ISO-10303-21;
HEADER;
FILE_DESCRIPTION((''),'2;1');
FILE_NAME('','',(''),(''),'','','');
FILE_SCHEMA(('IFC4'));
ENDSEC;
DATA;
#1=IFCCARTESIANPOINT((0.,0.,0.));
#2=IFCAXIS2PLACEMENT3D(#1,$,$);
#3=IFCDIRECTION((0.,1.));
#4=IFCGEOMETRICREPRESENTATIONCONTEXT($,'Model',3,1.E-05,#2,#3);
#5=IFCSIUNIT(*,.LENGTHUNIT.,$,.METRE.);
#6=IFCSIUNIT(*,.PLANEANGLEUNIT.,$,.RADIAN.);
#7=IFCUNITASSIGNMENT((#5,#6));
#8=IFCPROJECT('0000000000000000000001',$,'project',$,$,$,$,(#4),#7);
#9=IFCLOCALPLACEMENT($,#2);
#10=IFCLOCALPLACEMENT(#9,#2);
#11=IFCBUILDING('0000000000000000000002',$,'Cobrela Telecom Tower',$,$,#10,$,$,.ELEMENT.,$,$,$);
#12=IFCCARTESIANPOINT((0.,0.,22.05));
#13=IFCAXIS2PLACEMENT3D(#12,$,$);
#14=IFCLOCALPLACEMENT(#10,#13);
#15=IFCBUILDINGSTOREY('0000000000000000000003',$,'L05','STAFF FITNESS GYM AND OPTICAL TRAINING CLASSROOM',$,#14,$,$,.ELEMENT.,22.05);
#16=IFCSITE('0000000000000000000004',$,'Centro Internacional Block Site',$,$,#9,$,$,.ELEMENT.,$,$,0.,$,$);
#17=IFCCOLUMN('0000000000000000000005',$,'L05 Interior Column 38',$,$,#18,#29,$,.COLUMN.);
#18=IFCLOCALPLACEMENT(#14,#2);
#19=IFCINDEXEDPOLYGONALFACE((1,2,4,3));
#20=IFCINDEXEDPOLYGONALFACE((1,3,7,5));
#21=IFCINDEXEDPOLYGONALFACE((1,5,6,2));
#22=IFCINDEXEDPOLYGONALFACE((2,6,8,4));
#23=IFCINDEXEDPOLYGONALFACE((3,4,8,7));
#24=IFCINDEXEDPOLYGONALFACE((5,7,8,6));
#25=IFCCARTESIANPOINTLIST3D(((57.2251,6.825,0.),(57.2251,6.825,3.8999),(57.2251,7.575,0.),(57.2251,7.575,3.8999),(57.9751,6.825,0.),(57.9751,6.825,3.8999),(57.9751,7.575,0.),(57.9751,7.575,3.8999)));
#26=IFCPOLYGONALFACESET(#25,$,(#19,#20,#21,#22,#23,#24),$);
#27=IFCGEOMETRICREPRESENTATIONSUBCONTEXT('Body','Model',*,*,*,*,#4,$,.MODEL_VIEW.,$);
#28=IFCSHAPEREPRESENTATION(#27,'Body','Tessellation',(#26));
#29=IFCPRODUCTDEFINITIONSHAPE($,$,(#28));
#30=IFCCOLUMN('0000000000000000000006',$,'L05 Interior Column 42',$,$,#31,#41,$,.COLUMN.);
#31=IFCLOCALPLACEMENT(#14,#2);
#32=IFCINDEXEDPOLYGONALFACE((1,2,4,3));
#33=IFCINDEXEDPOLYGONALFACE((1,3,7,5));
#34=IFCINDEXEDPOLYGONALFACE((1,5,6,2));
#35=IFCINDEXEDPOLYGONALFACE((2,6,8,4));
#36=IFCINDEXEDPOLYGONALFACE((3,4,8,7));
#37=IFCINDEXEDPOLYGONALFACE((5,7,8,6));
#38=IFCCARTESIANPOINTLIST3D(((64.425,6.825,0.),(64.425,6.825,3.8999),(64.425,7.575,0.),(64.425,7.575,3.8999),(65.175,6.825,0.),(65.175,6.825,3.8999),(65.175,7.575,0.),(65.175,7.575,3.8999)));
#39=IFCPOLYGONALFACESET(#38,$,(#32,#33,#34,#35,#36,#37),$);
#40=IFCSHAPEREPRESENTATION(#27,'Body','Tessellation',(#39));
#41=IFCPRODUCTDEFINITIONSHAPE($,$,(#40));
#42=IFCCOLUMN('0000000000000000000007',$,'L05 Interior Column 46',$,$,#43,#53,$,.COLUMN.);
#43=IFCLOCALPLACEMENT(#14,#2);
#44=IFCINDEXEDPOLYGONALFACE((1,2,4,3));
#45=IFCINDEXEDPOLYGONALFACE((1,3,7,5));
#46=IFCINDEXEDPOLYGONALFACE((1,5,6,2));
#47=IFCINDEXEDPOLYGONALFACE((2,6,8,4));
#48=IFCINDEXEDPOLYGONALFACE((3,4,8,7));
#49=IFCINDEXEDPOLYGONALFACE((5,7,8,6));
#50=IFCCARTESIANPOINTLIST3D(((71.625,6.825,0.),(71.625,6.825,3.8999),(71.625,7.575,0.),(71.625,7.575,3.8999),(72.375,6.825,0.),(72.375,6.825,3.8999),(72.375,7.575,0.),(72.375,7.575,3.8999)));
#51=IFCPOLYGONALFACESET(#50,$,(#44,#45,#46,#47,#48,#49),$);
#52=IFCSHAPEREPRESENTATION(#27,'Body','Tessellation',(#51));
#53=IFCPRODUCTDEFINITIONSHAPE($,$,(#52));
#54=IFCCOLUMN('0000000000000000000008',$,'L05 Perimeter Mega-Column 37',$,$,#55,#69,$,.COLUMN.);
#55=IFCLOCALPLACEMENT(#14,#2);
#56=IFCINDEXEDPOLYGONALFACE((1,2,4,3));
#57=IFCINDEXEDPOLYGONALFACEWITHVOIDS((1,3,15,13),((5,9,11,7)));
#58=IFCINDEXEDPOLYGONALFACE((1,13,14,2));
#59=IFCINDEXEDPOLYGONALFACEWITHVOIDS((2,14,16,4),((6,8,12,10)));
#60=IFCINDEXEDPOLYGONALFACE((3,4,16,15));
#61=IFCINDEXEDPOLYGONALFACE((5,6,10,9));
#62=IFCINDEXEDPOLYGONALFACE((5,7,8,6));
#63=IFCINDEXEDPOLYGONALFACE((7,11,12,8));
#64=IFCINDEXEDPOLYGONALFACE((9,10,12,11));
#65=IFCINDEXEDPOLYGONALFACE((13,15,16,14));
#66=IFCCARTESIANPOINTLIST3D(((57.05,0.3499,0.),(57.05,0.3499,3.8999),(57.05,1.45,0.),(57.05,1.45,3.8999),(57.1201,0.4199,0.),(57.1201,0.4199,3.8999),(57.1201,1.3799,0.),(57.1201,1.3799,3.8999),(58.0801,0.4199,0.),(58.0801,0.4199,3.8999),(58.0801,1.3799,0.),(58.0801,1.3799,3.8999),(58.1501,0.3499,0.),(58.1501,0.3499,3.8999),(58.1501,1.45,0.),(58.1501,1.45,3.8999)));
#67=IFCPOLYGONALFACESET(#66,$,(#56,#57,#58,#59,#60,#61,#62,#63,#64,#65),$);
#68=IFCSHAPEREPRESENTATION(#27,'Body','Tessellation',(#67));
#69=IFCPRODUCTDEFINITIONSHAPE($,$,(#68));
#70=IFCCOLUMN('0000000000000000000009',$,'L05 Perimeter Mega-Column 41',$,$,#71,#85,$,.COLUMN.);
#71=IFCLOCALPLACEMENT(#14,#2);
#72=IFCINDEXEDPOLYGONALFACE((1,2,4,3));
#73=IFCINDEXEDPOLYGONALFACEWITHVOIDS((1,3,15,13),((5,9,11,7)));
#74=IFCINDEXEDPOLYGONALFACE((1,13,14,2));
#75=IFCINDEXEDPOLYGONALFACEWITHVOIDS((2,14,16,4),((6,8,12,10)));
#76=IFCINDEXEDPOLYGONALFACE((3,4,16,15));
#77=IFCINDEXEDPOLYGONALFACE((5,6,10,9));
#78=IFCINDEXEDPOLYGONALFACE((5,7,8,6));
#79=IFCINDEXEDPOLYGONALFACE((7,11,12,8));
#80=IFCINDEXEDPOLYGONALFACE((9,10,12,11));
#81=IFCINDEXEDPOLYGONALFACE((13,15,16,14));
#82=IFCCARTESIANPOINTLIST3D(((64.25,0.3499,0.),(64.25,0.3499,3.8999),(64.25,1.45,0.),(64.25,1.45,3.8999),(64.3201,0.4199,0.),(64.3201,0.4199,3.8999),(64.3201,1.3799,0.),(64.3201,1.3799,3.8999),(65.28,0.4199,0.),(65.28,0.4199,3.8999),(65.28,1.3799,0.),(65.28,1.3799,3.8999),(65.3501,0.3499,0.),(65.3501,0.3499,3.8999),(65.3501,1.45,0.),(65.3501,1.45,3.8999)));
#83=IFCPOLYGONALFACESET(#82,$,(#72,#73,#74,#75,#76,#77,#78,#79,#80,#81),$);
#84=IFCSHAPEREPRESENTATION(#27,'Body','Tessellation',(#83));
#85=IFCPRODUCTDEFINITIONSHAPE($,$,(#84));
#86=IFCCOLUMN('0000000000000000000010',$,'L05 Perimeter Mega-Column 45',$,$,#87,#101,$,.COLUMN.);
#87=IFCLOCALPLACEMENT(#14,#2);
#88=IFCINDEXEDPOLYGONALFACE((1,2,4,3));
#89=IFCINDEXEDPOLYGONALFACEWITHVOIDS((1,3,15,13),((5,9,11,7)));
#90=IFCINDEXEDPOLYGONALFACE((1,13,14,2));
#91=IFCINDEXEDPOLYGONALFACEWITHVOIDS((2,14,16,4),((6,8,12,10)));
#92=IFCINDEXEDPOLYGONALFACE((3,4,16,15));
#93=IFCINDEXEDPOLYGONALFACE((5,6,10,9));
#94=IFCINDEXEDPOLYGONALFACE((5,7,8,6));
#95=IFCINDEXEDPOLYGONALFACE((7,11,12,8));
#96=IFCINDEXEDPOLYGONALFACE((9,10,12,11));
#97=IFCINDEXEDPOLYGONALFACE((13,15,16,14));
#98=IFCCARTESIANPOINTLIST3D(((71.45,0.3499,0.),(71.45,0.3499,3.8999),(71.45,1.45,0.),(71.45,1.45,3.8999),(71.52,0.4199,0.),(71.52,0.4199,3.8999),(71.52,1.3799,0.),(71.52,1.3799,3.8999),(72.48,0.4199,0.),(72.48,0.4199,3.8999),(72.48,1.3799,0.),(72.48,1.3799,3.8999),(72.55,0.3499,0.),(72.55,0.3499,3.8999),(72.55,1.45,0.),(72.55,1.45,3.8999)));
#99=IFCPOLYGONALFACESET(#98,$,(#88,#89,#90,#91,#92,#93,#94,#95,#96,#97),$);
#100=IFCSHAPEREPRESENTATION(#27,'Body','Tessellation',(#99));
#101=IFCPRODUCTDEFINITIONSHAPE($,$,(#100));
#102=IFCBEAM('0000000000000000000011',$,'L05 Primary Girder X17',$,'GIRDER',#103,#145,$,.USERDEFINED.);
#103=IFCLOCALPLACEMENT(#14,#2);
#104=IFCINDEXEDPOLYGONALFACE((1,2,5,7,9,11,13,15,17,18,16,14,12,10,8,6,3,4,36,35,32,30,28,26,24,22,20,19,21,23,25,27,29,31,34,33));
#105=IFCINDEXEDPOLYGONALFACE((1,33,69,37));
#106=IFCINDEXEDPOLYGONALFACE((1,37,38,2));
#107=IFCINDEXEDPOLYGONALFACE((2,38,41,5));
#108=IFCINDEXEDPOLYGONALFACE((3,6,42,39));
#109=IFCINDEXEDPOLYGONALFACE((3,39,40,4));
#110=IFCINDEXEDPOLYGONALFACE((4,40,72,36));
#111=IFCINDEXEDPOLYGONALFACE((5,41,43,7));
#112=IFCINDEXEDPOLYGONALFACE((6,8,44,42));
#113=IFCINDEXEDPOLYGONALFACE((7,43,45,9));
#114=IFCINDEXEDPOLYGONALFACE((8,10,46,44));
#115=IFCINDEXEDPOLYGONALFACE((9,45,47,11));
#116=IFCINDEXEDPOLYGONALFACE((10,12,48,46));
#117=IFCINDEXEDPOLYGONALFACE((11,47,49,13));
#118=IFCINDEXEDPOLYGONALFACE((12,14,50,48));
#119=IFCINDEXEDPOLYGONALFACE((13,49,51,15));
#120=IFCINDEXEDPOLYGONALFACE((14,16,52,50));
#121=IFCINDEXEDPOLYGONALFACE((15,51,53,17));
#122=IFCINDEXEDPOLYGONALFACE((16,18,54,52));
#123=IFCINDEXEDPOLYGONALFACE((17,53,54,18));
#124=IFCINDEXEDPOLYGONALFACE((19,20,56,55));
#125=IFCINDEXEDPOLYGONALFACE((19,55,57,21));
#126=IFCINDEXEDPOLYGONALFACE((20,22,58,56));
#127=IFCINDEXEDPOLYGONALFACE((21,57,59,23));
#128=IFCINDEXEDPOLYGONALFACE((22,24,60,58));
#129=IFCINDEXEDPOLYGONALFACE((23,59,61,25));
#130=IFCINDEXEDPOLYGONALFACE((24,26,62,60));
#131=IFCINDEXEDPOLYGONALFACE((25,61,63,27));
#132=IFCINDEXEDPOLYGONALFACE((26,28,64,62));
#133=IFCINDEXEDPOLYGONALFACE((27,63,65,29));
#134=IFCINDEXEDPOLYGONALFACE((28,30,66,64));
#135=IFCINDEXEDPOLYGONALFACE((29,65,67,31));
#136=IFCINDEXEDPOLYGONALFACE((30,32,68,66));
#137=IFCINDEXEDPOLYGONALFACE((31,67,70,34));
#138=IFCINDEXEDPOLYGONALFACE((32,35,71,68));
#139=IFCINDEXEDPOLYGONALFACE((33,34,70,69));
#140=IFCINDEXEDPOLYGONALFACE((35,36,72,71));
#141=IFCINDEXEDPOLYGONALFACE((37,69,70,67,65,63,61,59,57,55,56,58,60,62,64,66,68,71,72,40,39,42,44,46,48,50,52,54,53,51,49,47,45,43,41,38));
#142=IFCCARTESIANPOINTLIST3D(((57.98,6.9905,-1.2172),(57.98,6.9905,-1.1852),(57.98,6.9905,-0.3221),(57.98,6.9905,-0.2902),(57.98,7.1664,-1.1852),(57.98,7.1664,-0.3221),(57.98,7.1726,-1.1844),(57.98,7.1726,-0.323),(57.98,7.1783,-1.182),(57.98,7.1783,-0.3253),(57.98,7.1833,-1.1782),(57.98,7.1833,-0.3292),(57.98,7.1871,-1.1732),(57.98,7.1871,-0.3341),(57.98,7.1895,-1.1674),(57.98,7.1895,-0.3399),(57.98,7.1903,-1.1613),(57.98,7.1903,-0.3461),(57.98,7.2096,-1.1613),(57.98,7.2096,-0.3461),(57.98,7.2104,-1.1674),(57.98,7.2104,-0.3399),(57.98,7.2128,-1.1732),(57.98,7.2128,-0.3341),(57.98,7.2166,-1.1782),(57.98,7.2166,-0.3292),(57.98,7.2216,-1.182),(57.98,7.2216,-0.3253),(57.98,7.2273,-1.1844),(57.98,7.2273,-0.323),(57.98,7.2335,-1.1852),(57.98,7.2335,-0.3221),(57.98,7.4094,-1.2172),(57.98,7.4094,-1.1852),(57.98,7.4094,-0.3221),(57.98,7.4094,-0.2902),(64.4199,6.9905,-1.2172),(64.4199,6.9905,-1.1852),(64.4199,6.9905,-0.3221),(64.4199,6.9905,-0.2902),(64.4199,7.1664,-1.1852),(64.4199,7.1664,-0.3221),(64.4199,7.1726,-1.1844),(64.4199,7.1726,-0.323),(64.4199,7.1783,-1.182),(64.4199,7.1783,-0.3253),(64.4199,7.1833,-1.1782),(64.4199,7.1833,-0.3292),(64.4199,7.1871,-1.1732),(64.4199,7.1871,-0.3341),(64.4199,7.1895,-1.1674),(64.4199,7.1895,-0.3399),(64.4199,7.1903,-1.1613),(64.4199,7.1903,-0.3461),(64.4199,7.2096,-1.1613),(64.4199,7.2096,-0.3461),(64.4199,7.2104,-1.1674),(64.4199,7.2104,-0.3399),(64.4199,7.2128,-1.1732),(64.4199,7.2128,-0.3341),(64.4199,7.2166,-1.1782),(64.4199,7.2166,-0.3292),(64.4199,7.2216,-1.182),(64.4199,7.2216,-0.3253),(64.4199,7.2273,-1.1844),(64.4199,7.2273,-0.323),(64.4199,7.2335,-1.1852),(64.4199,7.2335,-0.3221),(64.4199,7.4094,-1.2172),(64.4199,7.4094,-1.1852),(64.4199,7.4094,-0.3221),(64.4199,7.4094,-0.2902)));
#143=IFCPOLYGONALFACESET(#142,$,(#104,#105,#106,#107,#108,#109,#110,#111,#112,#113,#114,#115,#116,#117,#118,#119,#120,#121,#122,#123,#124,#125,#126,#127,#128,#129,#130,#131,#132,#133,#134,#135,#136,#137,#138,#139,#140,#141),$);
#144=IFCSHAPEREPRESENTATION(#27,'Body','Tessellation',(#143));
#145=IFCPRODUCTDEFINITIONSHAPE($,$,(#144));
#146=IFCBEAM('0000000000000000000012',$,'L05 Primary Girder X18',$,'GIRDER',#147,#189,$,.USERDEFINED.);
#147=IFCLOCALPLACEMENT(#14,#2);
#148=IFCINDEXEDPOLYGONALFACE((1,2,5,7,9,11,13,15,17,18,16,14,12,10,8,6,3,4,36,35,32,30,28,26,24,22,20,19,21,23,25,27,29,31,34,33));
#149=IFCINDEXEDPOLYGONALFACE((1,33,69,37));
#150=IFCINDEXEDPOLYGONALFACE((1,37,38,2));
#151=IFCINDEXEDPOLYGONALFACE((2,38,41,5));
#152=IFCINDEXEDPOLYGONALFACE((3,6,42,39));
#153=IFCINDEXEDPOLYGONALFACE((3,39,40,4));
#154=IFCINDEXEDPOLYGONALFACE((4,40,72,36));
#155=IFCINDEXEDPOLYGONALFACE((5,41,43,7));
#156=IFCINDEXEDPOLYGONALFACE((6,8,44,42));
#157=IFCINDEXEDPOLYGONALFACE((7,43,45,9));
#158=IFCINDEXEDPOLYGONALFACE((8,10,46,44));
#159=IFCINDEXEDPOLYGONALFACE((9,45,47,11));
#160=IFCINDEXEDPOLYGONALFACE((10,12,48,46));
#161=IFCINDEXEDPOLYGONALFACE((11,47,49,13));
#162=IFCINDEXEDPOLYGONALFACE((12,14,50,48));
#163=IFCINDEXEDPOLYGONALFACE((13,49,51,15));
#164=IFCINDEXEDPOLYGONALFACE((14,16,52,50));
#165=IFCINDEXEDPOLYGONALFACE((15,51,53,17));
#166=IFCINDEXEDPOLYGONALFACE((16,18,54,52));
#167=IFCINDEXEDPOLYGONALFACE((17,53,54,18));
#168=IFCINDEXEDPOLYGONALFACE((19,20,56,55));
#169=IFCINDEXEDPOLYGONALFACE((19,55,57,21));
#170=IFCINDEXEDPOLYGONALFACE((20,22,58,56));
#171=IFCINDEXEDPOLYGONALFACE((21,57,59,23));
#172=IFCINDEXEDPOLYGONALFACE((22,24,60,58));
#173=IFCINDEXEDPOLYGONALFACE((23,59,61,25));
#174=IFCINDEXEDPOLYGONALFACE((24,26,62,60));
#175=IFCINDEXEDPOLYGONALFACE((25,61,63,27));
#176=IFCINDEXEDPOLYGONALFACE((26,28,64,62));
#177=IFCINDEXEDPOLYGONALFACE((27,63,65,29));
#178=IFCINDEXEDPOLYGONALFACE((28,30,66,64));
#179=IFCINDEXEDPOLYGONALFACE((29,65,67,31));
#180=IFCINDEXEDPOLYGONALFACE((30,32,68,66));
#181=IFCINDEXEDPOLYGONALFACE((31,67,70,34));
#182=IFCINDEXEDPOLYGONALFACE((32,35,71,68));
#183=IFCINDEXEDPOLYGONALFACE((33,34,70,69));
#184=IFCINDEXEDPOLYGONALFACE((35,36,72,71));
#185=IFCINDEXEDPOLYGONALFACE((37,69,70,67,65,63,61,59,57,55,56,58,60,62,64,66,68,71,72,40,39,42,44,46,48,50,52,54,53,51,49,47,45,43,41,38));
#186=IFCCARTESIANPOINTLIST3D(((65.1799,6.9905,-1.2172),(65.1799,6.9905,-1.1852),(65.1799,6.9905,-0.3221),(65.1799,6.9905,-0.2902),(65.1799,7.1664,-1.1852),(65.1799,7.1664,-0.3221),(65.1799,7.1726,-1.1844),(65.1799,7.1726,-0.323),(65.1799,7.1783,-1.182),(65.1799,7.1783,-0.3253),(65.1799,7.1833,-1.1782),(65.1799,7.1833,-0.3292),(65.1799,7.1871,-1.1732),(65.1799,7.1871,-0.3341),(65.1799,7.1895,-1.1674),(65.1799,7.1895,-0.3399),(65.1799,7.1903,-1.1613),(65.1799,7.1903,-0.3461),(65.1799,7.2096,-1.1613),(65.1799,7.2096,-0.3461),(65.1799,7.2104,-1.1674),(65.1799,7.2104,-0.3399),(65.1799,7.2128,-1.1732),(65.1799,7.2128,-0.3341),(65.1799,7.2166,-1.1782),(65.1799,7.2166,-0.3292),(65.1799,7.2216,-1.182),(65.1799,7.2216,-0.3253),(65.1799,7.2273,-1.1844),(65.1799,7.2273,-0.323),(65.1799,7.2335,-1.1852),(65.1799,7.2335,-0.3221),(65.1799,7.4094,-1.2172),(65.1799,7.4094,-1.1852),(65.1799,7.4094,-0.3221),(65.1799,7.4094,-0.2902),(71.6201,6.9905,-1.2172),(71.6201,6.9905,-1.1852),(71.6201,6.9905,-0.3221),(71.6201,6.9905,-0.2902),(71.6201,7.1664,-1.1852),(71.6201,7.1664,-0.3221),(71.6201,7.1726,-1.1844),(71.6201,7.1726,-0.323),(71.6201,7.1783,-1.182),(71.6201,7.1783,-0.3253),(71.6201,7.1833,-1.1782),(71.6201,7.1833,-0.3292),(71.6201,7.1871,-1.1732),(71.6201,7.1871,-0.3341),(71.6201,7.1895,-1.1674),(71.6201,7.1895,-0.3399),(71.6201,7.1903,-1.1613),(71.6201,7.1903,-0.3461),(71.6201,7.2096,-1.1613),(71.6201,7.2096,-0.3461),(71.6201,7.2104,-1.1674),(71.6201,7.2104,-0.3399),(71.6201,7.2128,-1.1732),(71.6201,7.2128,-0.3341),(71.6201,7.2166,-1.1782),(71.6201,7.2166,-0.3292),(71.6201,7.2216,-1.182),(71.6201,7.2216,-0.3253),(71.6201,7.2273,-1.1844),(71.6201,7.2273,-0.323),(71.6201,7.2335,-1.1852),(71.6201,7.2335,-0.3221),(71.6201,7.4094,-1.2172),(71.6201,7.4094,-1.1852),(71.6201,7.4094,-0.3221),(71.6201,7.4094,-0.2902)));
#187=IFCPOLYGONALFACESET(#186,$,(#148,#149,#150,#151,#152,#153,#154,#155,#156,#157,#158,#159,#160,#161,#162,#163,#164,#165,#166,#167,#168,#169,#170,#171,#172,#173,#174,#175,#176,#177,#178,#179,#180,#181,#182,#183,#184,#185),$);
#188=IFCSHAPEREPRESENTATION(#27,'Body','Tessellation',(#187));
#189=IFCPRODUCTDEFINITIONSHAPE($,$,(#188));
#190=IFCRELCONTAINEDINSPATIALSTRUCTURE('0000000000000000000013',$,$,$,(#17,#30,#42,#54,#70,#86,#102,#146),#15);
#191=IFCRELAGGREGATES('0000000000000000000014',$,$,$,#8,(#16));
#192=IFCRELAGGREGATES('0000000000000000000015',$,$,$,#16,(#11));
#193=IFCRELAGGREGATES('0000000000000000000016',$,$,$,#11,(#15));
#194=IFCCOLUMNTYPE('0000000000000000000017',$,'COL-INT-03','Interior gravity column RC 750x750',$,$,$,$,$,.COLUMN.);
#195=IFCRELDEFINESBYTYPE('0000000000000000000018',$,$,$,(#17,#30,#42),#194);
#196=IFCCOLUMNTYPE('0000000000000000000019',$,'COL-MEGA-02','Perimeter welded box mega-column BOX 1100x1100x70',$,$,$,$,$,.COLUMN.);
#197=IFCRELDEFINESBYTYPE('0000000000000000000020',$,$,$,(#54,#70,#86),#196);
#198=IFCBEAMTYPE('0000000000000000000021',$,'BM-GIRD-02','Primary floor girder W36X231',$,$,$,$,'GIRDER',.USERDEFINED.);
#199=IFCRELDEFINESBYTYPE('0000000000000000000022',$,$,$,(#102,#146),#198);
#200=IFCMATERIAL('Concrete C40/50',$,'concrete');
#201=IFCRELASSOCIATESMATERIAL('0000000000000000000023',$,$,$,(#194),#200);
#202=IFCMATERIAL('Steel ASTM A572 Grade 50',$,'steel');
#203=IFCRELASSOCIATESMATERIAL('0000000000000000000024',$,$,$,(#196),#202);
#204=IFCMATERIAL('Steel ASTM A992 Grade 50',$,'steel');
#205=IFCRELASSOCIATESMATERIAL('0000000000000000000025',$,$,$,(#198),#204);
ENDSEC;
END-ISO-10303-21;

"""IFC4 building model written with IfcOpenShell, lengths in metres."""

from ifc_helpers import new_model, si_unit, direction, frame, origin, origin_2d, place, context, subcontext, project, spatial, rectangle, hollow_rectangle, i_section, extrude, material, material_profile, profile_set, type_object, element, save


model = new_model("IFC4")

# Units and contexts
model_context = context("Model", 3, precision=1e-05, world=origin(), true_north=direction((0.0, 1.0)))
body_context = subcontext(model_context, "Body", "Model", "MODEL_VIEW")
ifc_project = project(units=[si_unit("LENGTHUNIT", "METRE"), si_unit("PLANEANGLEUNIT", "RADIAN")], contexts=[model_context])

# Site, building, storey
site_placement = place(None, origin())
site = spatial("IfcSite", under=ifc_project, at=site_placement, Name="Centro Internacional Block Site", CompositionType="ELEMENT", RefElevation=0.0)
building_placement = place(site_placement, origin())
building = spatial("IfcBuilding", under=site, at=building_placement, Name="Cobrela Telecom Tower", CompositionType="ELEMENT")
storey_placement = place(building_placement, frame((0.0, 0.0, 22.05)))
storey = spatial("IfcBuildingStorey", under=building, at=storey_placement, Name="L05", Description="STAFF FITNESS GYM AND OPTICAL TRAINING CLASSROOM", CompositionType="ELEMENT", Elevation=22.05)

# Columns
ifc_material_1 = material(Name="Concrete C40/50", Category="concrete")
ifc_material_profile_1 = material_profile(ifc_material_1, rectangle(XDim=0.75, YDim=0.75, at=origin_2d()), Name="RC 750x750")
ifc_profile_set_1 = profile_set([ifc_material_profile_1], Name="Concrete C40/50")
column_type_1 = type_object("IfcColumnType", Name="COL-INT-03", Description="Interior gravity column RC 750x750", PredefinedType="COLUMN", material=ifc_profile_set_1)
for number, where, z_axis, x_axis, name in (
    (1, (57.6001, 7.2, 0.0), (0.0, 0.0, 1.0), (1.0, 0.0, 0.0), "L05 Interior Column 38"),
    (2, (64.8, 7.2, 0.0), (0.0, 0.0, 1.0), (1.0, 0.0, 0.0), "L05 Interior Column 42"),
    (3, (72.0, 7.2, 0.0), (0.0, 0.0, 1.0), (1.0, 0.0, 0.0), "L05 Interior Column 46"),
):
    element("IfcColumn", number, at=place(storey_placement, frame(where, z_axis=z_axis, x_axis=x_axis)), inside=storey, type_object=column_type_1, Name=name, PredefinedType="COLUMN", context=body_context, shape_type="SweptSolid", body=[
        extrude(rectangle(XDim=0.75, YDim=0.75, at=origin_2d()), origin(), (0.0, 0.0, 1.0), 3.8999),
    ])
ifc_material_2 = material(Name="Steel ASTM A572 Grade 50", Category="steel")
ifc_material_profile_2 = material_profile(ifc_material_2, hollow_rectangle(XDim=1.1001, YDim=1.1001, WallThickness=0.0701, at=origin_2d()), Name="BOX 1100x1100x70")
ifc_profile_set_2 = profile_set([ifc_material_profile_2], Name="Steel ASTM A572 Grade 50")
column_type_2 = type_object("IfcColumnType", Name="COL-MEGA-02", Description="Perimeter welded box mega-column BOX 1100x1100x70", PredefinedType="COLUMN", material=ifc_profile_set_2)
for number, where, z_axis, x_axis, name in (
    (4, (57.6001, 0.8999, 0.0), (0.0, 0.0, 1.0), (1.0, 0.0, 0.0), "L05 Perimeter Mega-Column 37"),
    (5, (64.8, 0.8999, 0.0), (0.0, 0.0, 1.0), (1.0, 0.0, 0.0), "L05 Perimeter Mega-Column 41"),
    (6, (72.0, 0.8999, 0.0), (0.0, 0.0, 1.0), (1.0, 0.0, 0.0), "L05 Perimeter Mega-Column 45"),
):
    element("IfcColumn", number, at=place(storey_placement, frame(where, z_axis=z_axis, x_axis=x_axis)), inside=storey, type_object=column_type_2, Name=name, PredefinedType="COLUMN", context=body_context, shape_type="SweptSolid", body=[
        extrude(hollow_rectangle(XDim=1.1001, YDim=1.1001, WallThickness=0.0701, at=origin_2d()), origin(), (0.0, 0.0, 1.0), 3.8999),
    ])

# Beams
ifc_material_3 = material(Name="Steel ASTM A992 Grade 50", Category="steel")
ifc_material_profile_3 = material_profile(ifc_material_3, i_section(OverallWidth=0.4189, OverallDepth=0.927, WebThickness=0.0193, FlangeThickness=0.032, FilletRadius=0.0239, at=origin_2d()), Name="W36X231")
ifc_profile_set_3 = profile_set([ifc_material_profile_3], Name="Steel ASTM A992 Grade 50")
beam_type_1 = type_object("IfcBeamType", Name="BM-GIRD-02", Description="Primary floor girder W36X231", ElementType="GIRDER", PredefinedType="USERDEFINED", material=ifc_profile_set_3)
beam_1_placement = place(storey_placement, frame((57.98, 7.2, -0.7537), z_axis=(1.0, 0.0, 0.0), x_axis=(0.0, 1.0, 0.0)))
element("IfcBeam", 7, at=beam_1_placement, inside=storey, type_object=beam_type_1, Name="L05 Primary Girder X17", ObjectType="GIRDER", PredefinedType="USERDEFINED", context=body_context, shape_type="SweptSolid", body=[
    extrude(i_section(OverallWidth=0.4189, OverallDepth=0.927, WebThickness=0.0193, FlangeThickness=0.032, FilletRadius=0.0239, at=origin_2d()), origin(), (0.0, 0.0, 1.0), 6.4399),
])
beam_2_placement = place(storey_placement, frame((65.1799, 7.2, -0.7537), z_axis=(1.0, 0.0, 0.0), x_axis=(0.0, 1.0, 0.0)))
element("IfcBeam", 8, at=beam_2_placement, inside=storey, type_object=beam_type_1, Name="L05 Primary Girder X18", ObjectType="GIRDER", PredefinedType="USERDEFINED", context=body_context, shape_type="SweptSolid", body=[
    extrude(i_section(OverallWidth=0.4189, OverallDepth=0.927, WebThickness=0.0193, FlangeThickness=0.032, FilletRadius=0.0239, at=origin_2d()), origin(), (0.0, 0.0, 1.0), 6.4402),
])

save(model, "model.ifc")
